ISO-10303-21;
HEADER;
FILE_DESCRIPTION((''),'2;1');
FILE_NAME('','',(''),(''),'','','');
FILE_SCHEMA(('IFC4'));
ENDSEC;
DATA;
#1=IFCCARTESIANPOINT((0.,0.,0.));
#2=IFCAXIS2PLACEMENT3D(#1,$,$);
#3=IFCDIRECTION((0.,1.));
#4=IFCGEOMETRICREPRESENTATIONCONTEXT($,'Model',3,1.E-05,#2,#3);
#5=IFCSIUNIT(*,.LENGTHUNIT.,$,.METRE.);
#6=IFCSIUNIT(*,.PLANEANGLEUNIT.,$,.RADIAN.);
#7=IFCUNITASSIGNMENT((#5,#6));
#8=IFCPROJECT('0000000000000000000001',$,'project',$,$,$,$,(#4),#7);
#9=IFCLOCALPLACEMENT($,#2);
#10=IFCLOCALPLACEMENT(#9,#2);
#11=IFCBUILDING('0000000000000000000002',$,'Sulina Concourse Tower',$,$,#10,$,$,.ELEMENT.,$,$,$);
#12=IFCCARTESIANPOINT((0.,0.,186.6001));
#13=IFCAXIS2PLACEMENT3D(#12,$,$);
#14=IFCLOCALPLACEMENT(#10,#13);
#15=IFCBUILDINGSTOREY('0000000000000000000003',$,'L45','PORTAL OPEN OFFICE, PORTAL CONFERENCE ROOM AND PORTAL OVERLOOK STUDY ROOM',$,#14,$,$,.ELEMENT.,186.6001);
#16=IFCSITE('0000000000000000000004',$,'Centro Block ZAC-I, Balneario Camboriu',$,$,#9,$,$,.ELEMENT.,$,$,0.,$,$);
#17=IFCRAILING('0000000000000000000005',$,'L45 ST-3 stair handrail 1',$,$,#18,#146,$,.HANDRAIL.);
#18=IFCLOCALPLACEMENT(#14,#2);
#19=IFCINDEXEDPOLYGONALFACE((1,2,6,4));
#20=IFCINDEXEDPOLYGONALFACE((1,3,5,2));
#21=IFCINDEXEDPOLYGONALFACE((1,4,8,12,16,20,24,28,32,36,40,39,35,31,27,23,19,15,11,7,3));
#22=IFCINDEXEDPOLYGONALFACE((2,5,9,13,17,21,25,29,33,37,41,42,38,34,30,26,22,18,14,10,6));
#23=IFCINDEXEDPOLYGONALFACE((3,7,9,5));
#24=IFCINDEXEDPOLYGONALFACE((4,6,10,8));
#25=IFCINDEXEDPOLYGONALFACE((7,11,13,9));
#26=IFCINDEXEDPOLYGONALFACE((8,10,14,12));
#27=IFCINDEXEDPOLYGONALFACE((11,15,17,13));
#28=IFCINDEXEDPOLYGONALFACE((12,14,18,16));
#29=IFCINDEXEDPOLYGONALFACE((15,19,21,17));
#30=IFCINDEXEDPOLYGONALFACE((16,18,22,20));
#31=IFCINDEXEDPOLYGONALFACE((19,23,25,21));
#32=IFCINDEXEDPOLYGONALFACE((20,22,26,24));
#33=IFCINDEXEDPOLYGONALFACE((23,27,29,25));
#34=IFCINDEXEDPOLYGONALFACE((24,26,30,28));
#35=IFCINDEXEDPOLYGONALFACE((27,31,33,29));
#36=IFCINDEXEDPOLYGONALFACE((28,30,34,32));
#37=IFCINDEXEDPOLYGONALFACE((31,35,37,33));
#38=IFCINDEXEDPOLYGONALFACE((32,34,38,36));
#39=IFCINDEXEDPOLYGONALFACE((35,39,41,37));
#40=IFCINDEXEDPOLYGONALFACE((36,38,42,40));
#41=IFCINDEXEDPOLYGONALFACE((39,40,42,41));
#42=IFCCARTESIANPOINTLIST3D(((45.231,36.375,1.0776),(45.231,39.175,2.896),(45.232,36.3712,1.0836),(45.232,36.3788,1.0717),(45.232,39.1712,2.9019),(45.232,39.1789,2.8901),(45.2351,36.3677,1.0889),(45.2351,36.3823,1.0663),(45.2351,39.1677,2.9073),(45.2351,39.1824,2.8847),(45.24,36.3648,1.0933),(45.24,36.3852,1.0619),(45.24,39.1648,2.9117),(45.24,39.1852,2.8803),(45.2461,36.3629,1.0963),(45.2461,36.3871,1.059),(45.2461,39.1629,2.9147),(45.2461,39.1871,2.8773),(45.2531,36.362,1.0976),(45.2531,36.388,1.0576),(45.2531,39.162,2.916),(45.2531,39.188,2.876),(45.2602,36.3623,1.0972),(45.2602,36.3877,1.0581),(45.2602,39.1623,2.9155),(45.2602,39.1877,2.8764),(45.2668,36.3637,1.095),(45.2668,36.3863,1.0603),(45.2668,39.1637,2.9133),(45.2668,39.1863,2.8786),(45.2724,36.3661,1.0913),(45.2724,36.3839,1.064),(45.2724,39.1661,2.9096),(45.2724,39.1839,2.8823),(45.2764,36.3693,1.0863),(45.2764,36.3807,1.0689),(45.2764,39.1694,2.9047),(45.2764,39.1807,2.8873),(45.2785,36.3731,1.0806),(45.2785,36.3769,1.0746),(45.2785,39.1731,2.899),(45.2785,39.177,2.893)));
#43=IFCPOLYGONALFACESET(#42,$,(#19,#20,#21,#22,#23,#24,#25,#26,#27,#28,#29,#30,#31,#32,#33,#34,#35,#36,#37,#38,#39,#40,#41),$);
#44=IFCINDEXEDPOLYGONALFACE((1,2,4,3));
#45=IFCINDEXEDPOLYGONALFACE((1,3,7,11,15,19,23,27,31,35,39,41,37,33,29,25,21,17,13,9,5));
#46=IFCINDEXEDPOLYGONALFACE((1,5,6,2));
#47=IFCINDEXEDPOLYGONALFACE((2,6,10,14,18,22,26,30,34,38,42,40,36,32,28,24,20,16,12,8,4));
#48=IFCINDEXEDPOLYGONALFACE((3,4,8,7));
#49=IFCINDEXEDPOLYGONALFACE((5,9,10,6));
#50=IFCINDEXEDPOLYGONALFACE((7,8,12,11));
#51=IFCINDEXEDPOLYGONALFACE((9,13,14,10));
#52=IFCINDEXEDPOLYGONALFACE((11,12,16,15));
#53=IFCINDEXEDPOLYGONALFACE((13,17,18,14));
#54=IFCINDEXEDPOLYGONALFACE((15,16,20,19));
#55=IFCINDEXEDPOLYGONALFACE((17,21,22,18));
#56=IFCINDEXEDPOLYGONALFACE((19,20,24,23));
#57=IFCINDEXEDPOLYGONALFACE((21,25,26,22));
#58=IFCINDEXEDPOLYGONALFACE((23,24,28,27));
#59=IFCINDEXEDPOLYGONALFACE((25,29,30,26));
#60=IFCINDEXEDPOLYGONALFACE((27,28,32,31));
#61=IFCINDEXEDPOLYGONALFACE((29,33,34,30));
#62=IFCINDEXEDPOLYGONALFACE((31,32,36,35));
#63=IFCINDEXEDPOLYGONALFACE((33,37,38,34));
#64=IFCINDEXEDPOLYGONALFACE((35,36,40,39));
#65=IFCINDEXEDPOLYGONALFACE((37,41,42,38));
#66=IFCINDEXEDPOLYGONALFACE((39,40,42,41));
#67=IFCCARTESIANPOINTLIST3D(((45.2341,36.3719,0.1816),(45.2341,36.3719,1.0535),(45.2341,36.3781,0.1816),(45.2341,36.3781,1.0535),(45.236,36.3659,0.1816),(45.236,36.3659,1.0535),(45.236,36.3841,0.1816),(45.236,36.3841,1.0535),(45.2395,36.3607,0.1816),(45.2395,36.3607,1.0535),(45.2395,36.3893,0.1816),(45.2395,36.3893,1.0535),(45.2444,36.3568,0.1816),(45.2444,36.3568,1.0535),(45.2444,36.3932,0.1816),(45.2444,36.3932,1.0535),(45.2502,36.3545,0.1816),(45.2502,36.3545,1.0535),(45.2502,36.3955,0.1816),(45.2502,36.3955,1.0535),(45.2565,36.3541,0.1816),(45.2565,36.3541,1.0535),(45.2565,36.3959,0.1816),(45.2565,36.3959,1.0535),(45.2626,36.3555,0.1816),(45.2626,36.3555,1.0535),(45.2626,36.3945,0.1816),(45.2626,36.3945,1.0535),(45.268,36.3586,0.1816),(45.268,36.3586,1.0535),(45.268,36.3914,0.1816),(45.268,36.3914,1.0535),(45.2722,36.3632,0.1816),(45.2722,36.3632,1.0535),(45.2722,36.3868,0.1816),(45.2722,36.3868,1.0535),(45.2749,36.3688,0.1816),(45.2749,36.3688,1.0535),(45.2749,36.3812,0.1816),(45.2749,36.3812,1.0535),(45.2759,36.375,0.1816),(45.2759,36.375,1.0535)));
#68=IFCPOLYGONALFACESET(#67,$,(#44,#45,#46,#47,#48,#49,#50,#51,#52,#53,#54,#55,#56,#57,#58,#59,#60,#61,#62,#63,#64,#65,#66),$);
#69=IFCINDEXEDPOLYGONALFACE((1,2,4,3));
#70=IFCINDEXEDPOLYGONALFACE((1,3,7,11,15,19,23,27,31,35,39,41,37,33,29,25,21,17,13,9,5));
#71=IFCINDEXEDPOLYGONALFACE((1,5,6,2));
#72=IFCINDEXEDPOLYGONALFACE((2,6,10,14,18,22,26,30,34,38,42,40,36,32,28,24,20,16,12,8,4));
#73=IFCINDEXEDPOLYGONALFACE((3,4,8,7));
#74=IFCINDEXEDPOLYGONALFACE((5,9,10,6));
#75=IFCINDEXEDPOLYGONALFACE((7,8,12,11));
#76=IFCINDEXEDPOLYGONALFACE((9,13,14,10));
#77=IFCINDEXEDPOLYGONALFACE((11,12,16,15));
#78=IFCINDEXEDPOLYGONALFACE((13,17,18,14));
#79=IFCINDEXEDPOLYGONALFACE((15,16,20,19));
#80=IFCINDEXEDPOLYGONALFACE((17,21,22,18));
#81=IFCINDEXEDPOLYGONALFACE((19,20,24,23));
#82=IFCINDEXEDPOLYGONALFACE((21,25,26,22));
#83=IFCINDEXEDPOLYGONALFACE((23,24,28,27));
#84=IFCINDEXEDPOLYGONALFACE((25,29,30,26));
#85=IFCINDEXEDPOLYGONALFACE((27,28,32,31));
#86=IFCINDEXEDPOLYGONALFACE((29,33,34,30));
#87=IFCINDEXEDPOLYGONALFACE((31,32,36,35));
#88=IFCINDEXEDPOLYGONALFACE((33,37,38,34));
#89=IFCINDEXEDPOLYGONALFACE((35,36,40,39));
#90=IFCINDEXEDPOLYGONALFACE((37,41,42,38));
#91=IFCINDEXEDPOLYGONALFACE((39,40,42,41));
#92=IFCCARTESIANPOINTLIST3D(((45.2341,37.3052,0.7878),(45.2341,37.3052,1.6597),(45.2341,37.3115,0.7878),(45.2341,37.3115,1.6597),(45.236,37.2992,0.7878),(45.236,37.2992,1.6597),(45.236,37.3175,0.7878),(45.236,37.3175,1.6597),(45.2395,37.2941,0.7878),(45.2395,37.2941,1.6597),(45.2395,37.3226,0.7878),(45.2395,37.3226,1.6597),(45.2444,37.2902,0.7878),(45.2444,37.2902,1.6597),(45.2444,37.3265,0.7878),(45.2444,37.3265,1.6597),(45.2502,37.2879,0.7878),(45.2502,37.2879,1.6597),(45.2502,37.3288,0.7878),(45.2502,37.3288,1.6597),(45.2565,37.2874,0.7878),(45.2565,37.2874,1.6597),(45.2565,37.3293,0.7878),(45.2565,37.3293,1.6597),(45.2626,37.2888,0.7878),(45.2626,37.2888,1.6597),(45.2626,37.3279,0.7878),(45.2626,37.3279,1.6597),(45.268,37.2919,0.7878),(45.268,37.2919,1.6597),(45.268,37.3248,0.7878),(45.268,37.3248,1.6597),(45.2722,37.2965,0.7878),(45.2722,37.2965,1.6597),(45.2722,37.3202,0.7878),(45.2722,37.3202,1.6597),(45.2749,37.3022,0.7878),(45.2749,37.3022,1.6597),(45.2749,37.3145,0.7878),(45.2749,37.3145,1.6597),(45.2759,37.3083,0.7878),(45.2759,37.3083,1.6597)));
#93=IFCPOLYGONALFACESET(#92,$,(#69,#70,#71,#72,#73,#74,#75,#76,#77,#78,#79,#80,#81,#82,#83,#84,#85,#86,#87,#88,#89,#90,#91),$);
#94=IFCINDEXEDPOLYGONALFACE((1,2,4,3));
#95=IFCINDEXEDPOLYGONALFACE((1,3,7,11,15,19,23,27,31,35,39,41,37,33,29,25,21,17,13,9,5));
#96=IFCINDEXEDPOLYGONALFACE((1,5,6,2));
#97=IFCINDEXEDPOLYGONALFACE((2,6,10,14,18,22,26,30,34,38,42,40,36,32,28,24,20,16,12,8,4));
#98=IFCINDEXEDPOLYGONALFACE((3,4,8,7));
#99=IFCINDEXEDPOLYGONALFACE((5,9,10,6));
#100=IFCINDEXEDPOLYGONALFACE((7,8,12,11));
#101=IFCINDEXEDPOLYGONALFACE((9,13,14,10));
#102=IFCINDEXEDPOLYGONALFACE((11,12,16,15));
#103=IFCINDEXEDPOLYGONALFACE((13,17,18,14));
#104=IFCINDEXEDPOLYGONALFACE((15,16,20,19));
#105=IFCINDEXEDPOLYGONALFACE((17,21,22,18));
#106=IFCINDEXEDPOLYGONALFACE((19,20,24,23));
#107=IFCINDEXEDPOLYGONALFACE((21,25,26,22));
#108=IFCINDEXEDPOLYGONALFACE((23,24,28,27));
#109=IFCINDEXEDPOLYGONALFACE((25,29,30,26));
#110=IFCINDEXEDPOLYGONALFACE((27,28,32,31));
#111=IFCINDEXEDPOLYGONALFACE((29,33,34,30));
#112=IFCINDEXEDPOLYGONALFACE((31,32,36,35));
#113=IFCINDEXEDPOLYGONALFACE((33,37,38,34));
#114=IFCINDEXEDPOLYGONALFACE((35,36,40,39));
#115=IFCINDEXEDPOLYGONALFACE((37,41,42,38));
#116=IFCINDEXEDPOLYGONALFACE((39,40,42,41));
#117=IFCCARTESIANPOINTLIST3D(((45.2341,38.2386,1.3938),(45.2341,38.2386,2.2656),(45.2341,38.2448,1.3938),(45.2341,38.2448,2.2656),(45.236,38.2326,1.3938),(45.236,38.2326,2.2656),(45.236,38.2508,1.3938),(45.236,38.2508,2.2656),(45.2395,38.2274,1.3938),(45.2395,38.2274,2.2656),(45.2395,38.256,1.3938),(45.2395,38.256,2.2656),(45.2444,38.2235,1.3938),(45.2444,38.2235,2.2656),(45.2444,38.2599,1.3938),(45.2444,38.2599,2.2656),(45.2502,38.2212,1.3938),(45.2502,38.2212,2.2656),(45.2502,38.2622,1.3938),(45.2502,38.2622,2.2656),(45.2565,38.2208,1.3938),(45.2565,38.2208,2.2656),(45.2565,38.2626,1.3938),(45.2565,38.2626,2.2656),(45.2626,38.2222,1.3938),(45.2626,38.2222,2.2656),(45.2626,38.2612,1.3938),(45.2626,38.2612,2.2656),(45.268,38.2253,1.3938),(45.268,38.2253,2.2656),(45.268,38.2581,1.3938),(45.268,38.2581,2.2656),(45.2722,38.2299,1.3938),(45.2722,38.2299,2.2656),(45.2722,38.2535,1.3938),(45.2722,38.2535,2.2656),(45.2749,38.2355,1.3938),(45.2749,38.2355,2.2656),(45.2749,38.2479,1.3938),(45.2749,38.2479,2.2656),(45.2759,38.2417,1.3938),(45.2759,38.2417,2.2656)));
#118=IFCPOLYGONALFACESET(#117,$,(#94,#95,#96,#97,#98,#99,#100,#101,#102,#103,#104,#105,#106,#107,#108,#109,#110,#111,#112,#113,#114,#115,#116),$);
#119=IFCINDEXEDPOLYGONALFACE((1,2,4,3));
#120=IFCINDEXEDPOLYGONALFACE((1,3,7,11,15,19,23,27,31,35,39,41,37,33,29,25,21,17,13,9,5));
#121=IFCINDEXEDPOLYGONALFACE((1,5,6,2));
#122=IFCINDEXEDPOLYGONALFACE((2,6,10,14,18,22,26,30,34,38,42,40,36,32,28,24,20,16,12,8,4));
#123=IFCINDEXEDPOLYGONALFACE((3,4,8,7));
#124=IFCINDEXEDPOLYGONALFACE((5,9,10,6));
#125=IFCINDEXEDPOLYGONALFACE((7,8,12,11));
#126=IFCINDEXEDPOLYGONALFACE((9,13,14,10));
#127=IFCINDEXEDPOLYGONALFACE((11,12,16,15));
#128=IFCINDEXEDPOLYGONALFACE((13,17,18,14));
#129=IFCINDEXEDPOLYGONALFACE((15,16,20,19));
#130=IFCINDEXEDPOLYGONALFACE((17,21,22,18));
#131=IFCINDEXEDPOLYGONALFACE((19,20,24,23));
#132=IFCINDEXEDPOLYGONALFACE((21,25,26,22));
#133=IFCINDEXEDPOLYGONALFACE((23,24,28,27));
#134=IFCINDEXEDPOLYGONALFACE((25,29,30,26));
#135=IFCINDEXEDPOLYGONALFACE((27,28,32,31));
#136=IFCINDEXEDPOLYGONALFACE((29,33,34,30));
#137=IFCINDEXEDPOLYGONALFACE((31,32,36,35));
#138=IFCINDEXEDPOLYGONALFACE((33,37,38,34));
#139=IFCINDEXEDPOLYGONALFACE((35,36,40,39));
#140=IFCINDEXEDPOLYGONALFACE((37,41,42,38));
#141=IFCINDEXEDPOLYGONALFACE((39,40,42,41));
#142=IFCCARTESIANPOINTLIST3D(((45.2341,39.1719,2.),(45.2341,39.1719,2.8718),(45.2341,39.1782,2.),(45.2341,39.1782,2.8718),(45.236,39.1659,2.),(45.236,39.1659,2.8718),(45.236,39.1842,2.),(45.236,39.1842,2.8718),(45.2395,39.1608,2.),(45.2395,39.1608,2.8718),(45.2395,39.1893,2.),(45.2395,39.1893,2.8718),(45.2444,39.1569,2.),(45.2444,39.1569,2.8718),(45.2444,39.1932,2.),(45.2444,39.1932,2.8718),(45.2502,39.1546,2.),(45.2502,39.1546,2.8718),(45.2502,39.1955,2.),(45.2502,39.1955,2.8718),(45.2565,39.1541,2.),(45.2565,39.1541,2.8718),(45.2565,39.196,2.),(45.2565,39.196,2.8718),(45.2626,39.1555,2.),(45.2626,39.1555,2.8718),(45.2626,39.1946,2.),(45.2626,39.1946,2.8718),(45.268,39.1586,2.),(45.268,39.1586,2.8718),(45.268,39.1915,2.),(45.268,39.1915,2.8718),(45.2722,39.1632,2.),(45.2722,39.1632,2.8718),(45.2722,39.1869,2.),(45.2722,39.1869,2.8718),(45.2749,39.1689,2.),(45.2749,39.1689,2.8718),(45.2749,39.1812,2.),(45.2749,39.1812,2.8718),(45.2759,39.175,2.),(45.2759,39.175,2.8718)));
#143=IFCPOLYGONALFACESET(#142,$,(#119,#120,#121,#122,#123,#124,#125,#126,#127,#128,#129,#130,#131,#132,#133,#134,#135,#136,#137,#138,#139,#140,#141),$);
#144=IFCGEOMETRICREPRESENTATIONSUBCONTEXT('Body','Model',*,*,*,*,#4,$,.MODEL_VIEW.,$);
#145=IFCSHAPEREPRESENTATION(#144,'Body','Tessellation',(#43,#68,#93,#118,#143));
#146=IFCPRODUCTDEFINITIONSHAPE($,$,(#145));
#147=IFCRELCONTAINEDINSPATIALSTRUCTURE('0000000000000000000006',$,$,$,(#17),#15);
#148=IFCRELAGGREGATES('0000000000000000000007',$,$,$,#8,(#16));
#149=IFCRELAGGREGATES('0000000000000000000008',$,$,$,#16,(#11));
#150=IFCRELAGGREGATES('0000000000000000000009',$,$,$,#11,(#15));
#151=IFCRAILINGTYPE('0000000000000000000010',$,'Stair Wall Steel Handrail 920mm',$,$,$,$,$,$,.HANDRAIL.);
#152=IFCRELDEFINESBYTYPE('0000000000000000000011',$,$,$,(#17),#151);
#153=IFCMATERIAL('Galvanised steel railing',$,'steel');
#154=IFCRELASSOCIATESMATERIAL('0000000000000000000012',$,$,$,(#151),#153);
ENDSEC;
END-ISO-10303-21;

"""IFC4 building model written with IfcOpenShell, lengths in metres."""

from ifc_helpers import new_model, si_unit, direction, frame, origin, origin_2d, place, context, subcontext, project, spatial, circle, extrude, material, type_object, element, save


model = new_model("IFC4")

# Units and contexts
model_context = context("Model", 3, precision=1e-05, world=origin(), true_north=direction((0.0, 1.0)))
body_context = subcontext(model_context, "Body", "Model", "MODEL_VIEW")
ifc_project = project(units=[si_unit("LENGTHUNIT", "METRE"), si_unit("PLANEANGLEUNIT", "RADIAN")], contexts=[model_context])

# Site, building, storey
site_placement = place(None, origin())
site = spatial("IfcSite", under=ifc_project, at=site_placement, Name="Centro Block ZAC-I, Balneario Camboriu", CompositionType="ELEMENT", RefElevation=0.0)
building_placement = place(site_placement, origin())
building = spatial("IfcBuilding", under=site, at=building_placement, Name="Sulina Concourse Tower", CompositionType="ELEMENT")
storey_placement = place(building_placement, frame((0.0, 0.0, 186.6001)))
storey = spatial("IfcBuildingStorey", under=building, at=storey_placement, Name="L45", Description="PORTAL OPEN OFFICE, PORTAL CONFERENCE ROOM AND PORTAL OVERLOOK STUDY ROOM", CompositionType="ELEMENT", Elevation=186.6001)

# Railing
ifc_material_1 = material(Name="Galvanised steel railing", Category="steel")
railing_type_1 = type_object("IfcRailingType", Name="Stair Wall Steel Handrail 920mm", PredefinedType="HANDRAIL", material=ifc_material_1)
railing_1_placement = place(storey_placement, frame((45.2549, 36.375, 0.1816)))
element("IfcRailing", 1, at=railing_1_placement, inside=storey, type_object=railing_type_1, Name="L45 ST-3 stair handrail 1", PredefinedType="HANDRAIL", context=body_context, shape_type="SweptSolid", body=[
    extrude(circle(Radius=0.0239, at=origin_2d()), frame((0.0, 0.0, 0.896), z_axis=(0.0, 0.838672, 0.544636), x_axis=(-1.0, 0.0, 0.0)), (0.0, 0.0, 1.0), 3.3386),
    extrude(circle(Radius=0.021, at=origin_2d()), origin(), (0.0, 0.0, 1.0), 0.8718),
    extrude(circle(Radius=0.021, at=origin_2d()), frame((0.0, 0.9333, 0.6062)), (0.0, 0.0, 1.0), 0.8718),
    extrude(circle(Radius=0.021, at=origin_2d()), frame((0.0, 1.8667, 1.2122)), (0.0, 0.0, 1.0), 0.8718),
    extrude(circle(Radius=0.021, at=origin_2d()), frame((0.0, 2.8, 1.8184)), (0.0, 0.0, 1.0), 0.8718),
])

save(model, "model.ifc")
